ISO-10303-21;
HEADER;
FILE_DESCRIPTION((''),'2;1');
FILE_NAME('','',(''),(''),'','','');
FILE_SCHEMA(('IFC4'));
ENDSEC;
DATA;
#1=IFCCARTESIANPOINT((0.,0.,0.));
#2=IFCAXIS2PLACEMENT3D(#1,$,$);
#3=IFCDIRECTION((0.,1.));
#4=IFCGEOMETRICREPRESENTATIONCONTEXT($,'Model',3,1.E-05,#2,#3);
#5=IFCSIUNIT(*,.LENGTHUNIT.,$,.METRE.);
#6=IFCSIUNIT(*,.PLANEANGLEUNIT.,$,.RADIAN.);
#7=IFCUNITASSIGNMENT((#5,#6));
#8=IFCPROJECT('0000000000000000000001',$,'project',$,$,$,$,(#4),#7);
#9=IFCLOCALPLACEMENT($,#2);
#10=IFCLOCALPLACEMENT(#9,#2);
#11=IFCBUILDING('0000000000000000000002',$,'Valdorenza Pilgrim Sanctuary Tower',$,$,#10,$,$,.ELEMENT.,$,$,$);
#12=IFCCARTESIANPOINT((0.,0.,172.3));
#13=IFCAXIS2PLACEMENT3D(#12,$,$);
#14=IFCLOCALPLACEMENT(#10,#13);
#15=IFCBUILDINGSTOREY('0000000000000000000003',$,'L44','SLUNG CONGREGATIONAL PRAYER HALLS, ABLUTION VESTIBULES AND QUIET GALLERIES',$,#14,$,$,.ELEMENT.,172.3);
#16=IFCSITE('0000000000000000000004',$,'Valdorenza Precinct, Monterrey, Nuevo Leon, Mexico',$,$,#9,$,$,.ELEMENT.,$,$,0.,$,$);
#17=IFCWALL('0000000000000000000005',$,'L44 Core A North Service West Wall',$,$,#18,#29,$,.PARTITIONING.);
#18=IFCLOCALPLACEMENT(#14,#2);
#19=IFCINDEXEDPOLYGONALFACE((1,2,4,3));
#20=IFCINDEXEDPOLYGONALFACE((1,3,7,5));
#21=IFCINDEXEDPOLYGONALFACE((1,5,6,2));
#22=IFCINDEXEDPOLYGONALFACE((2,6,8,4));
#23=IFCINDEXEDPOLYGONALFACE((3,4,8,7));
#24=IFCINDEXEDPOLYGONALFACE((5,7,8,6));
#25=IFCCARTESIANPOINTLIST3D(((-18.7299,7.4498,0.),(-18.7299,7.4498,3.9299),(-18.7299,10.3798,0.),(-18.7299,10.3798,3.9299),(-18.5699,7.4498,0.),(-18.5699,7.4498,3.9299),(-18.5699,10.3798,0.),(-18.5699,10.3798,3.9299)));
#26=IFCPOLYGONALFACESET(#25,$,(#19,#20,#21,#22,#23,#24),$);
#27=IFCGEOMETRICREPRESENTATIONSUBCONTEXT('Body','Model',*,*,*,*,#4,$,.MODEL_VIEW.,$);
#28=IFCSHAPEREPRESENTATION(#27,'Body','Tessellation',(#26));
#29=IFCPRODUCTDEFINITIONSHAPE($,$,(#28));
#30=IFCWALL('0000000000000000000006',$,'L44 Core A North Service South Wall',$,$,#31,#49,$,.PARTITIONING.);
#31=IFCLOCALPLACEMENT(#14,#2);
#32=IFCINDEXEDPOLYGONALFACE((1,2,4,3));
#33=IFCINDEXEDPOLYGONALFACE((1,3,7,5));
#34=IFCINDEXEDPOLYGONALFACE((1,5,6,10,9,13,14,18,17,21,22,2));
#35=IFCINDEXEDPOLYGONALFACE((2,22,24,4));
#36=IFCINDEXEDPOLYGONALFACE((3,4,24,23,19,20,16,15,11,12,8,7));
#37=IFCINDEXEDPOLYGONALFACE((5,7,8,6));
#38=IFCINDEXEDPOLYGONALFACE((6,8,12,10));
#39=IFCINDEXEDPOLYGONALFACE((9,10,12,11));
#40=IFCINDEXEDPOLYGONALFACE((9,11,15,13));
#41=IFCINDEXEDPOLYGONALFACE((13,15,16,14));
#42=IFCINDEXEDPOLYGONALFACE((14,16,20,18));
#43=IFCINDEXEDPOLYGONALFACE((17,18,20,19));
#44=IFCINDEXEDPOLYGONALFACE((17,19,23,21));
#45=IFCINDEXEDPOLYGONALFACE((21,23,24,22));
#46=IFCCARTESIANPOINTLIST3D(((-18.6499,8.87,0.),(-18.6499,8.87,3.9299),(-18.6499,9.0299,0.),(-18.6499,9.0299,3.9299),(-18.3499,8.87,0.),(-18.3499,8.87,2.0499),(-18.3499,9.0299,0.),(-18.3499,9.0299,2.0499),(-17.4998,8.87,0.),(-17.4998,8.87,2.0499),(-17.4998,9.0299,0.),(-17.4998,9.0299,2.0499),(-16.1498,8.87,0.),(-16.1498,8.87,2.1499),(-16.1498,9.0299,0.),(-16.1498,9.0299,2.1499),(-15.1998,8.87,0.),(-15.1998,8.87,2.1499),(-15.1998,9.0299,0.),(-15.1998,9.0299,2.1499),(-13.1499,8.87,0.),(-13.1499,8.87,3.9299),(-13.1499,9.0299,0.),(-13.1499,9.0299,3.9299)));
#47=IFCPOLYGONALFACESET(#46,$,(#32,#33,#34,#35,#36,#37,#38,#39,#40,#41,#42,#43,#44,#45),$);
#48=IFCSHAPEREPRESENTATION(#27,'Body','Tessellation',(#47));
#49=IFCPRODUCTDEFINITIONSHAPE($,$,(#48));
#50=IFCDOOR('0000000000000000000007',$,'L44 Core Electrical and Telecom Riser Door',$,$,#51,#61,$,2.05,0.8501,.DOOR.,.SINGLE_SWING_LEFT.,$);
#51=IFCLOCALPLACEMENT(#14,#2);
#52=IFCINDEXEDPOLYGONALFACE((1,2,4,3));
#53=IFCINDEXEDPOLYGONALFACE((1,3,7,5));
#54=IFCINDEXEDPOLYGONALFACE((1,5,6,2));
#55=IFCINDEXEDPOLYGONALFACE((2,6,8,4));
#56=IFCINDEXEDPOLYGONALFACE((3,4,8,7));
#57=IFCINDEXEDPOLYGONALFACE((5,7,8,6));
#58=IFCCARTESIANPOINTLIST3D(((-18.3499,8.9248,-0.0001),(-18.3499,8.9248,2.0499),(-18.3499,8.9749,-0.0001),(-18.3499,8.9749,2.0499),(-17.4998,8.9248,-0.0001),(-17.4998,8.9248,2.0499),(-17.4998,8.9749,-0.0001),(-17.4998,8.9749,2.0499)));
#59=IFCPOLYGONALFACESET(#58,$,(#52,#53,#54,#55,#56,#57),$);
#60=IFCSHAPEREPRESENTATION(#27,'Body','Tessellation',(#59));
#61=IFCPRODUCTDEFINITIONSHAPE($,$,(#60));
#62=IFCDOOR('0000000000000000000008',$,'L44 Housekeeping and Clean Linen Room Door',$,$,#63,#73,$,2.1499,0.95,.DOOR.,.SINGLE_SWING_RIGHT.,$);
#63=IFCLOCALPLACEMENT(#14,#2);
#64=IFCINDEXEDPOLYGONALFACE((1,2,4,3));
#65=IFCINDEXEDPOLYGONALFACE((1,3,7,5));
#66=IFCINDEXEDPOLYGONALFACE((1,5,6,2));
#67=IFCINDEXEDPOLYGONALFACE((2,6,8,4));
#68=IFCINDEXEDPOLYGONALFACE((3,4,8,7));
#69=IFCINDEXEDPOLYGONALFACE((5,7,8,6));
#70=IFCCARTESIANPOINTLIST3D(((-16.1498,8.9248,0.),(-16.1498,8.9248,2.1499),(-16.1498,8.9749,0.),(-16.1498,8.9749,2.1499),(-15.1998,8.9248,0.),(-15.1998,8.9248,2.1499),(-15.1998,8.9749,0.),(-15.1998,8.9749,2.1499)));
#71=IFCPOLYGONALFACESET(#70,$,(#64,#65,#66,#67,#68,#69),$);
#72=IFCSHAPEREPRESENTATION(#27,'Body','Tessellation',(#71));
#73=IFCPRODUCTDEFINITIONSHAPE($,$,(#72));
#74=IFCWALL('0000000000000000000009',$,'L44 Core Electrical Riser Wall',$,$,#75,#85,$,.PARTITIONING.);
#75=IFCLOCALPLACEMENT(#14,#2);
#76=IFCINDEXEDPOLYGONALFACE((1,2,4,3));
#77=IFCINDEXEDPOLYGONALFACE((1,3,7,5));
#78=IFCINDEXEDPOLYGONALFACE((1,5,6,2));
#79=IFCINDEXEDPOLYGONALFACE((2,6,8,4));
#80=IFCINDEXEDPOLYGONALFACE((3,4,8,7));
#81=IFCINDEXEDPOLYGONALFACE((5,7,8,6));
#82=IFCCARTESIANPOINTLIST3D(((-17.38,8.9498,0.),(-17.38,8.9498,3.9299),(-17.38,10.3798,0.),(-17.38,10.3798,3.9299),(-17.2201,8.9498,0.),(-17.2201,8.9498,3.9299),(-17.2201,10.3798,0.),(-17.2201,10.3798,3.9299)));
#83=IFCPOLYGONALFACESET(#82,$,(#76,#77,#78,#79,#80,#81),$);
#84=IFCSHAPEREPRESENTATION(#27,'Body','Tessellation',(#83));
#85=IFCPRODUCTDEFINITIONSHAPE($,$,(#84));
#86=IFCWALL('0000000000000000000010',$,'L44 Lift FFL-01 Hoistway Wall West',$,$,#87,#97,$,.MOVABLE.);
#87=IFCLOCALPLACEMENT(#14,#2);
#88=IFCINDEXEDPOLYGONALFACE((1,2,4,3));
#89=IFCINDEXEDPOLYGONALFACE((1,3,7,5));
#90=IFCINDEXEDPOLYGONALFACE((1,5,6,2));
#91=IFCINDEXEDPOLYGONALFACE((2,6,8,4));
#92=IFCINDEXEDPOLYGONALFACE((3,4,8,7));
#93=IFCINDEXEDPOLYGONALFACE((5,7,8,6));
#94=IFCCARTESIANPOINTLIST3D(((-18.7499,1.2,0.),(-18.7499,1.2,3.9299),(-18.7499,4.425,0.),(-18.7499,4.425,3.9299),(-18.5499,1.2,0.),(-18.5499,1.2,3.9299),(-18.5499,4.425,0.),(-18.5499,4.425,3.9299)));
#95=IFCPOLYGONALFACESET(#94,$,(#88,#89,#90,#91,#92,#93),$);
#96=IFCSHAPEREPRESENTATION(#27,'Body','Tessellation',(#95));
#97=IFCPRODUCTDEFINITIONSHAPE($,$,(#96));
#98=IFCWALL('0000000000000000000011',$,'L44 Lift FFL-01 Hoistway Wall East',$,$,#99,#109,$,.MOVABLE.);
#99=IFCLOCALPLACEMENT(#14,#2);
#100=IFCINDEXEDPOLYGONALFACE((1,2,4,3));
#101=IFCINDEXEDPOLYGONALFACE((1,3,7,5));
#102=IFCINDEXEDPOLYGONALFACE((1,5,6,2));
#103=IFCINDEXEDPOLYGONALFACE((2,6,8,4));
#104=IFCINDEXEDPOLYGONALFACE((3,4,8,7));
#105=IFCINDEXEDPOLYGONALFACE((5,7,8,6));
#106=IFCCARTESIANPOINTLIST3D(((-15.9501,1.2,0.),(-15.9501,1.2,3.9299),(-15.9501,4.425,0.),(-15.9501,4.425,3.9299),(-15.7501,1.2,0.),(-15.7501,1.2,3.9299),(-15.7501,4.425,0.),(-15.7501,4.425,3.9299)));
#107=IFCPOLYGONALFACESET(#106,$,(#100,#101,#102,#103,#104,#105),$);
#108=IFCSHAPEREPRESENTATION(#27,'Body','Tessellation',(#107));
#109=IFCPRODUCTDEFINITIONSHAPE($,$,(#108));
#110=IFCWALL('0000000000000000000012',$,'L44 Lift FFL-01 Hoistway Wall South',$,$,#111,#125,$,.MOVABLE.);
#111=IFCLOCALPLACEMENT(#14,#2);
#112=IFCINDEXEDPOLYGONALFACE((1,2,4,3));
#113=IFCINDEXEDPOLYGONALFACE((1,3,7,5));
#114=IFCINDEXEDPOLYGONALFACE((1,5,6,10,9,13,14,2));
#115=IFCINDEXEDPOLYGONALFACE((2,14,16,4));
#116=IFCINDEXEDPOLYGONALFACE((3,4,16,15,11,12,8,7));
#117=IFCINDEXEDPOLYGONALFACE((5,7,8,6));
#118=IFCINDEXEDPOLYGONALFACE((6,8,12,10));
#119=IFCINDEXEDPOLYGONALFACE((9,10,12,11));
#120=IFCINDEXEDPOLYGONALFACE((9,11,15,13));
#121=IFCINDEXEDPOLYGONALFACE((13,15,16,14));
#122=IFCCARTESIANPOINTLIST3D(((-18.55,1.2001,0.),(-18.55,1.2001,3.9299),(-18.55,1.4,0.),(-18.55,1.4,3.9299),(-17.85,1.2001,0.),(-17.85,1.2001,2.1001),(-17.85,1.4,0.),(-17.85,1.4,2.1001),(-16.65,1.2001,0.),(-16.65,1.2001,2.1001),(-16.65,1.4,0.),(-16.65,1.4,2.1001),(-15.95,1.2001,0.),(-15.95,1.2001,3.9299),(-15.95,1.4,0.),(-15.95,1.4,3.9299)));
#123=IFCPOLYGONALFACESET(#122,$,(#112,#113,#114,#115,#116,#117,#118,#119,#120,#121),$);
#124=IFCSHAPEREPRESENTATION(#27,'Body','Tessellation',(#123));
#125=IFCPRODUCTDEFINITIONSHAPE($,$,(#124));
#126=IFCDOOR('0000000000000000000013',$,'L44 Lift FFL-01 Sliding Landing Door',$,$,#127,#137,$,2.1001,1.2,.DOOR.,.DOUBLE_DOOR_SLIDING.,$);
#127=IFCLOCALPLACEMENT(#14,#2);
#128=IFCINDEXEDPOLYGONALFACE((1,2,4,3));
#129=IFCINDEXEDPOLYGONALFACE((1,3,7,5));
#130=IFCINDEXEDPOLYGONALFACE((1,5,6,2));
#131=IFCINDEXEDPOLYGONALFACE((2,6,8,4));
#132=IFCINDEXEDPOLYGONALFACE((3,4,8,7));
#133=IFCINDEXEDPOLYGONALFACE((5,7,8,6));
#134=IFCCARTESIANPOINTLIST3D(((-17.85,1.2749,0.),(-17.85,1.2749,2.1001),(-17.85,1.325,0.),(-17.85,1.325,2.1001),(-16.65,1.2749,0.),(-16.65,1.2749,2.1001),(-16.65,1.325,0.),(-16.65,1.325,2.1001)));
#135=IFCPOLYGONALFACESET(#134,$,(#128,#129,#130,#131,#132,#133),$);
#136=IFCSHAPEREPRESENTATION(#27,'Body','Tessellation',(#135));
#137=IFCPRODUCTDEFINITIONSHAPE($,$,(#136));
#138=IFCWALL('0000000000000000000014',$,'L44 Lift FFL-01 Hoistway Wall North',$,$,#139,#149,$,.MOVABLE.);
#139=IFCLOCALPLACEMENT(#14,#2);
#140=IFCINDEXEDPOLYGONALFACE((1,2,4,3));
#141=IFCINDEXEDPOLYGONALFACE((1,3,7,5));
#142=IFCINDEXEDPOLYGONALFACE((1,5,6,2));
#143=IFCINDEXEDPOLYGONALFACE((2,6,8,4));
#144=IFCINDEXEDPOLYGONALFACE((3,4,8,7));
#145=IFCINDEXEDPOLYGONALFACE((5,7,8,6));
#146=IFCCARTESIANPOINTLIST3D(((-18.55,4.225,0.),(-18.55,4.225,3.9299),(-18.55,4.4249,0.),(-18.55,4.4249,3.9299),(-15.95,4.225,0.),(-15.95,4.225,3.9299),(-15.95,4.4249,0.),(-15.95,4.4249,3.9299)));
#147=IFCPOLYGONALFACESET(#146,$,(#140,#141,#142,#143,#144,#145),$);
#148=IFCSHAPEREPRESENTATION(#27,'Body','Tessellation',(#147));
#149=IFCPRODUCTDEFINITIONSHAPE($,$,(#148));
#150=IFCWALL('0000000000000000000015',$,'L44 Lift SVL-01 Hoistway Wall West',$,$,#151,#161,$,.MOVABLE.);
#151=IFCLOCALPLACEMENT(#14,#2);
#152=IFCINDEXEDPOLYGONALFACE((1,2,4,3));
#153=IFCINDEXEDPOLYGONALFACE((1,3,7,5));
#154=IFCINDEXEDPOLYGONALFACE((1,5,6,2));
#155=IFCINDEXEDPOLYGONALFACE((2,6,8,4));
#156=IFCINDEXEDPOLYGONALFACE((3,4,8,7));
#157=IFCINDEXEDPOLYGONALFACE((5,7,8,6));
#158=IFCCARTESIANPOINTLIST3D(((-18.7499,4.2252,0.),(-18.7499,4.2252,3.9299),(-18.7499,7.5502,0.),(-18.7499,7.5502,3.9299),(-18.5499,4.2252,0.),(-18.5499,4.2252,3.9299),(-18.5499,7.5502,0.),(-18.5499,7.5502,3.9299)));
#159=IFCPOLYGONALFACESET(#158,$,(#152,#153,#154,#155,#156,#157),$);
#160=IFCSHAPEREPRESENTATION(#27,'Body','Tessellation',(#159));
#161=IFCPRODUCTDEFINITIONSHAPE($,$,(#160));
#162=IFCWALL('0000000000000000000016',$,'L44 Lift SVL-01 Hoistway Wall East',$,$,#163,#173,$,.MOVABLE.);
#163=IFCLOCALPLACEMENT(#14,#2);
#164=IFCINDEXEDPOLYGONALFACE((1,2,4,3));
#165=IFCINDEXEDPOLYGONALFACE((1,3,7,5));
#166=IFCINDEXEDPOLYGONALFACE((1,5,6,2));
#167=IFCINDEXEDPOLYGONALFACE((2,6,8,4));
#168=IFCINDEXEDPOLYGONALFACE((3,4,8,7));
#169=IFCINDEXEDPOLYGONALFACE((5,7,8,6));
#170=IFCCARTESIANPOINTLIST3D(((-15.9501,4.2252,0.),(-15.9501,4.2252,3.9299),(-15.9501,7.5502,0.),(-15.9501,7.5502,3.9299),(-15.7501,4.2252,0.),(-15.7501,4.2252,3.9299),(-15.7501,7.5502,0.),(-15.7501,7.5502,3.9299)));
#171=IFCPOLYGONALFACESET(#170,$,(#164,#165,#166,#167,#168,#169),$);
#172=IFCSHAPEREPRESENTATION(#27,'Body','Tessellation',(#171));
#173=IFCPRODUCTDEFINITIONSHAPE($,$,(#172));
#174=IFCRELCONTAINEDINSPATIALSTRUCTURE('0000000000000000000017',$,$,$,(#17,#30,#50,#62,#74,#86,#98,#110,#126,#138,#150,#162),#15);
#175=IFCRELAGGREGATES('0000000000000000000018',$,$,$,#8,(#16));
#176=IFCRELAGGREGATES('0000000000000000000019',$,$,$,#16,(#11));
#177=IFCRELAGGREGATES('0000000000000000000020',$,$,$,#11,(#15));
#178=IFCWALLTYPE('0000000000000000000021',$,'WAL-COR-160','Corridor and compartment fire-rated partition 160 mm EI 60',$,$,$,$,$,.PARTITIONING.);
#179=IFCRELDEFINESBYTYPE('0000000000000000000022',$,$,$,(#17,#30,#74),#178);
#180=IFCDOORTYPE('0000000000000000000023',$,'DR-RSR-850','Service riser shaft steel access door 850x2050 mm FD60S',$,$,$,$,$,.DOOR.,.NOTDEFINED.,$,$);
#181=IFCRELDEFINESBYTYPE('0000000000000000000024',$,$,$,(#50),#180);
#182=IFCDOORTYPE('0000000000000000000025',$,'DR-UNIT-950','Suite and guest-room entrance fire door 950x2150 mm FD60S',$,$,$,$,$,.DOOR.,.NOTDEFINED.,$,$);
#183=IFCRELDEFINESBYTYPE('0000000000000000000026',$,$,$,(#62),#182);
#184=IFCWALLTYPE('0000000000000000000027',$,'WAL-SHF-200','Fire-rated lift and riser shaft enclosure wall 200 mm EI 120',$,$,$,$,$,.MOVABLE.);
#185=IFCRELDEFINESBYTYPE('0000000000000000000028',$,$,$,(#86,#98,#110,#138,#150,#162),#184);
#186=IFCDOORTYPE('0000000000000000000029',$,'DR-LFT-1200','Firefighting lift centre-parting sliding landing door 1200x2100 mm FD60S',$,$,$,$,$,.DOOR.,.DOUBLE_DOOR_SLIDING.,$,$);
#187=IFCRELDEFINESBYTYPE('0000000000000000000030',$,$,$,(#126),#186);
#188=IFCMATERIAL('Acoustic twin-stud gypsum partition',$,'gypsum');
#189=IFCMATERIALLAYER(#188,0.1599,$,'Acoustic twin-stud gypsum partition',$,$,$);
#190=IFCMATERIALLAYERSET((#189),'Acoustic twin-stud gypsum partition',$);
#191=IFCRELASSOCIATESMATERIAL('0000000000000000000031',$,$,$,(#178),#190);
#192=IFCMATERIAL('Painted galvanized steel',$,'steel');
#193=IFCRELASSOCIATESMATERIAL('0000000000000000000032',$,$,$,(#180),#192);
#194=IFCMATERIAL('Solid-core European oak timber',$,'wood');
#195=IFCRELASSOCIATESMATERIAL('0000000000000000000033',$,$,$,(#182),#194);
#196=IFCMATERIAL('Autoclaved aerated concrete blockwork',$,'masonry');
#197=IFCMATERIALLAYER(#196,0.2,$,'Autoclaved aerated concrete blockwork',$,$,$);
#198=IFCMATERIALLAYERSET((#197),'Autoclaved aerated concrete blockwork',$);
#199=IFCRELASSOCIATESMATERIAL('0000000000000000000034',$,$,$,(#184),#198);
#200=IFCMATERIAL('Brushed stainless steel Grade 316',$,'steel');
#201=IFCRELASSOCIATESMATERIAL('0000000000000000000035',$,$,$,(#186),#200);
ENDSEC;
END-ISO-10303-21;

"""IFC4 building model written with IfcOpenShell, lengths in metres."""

from ifc_helpers import new_model, si_unit, direction, frame, frame_2d, origin, place, context, subcontext, project, spatial, rectangle, extrude, material, layer, layer_set, type_object, element, fill, save


model = new_model("IFC4")

# Units and contexts
model_context = context("Model", 3, precision=1e-05, world=origin(), true_north=direction((0.0, 1.0)))
body_context = subcontext(model_context, "Body", "Model", "MODEL_VIEW")
ifc_project = project(units=[si_unit("LENGTHUNIT", "METRE"), si_unit("PLANEANGLEUNIT", "RADIAN")], contexts=[model_context])

# Site, building, storey
site_placement = place(None, origin())
site = spatial("IfcSite", under=ifc_project, at=site_placement, Name="Valdorenza Precinct, Monterrey, Nuevo Leon, Mexico", CompositionType="ELEMENT", RefElevation=0.0)
building_placement = place(site_placement, origin())
building = spatial("IfcBuilding", under=site, at=building_placement, Name="Valdorenza Pilgrim Sanctuary Tower", CompositionType="ELEMENT")
storey_placement = place(building_placement, frame((0.0, 0.0, 172.3)))
storey = spatial("IfcBuildingStorey", under=building, at=storey_placement, Name="L44", Description="SLUNG CONGREGATIONAL PRAYER HALLS, ABLUTION VESTIBULES AND QUIET GALLERIES", CompositionType="ELEMENT", Elevation=172.3)

# Wall
ifc_material_1 = material(Name="Acoustic twin-stud gypsum partition", Category="gypsum")
ifc_layer_1 = layer(ifc_material_1, 0.1599, Name="Acoustic twin-stud gypsum partition")
ifc_layer_set_1 = layer_set([ifc_layer_1], Name="Acoustic twin-stud gypsum partition")
wall_type_1 = type_object("IfcWallType", Name="WAL-COR-160", Description="Corridor and compartment fire-rated partition 160 mm EI 60", PredefinedType="PARTITIONING", material=ifc_layer_set_1)
wall_1_placement = place(storey_placement, frame((-18.6499, 7.45, 0.0), z_axis=(0.0, 0.0, 1.0), x_axis=(0.0, 1.0, 0.0)))
element("IfcWall", 1, at=wall_1_placement, inside=storey, type_object=wall_type_1, Name="L44 Core A North Service West Wall", PredefinedType="PARTITIONING", context=body_context, shape_type="SweptSolid", body=[
    extrude(rectangle(XDim=2.9299, YDim=0.1599, at=frame_2d((1.4648, 0.0))), origin(), (0.0, 0.0, 1.0), 3.9299),
])

# Wall, openings, doors
wall_2_placement = place(storey_placement, frame((-18.6499, 8.95, 0.0), z_axis=(0.0, 0.0, 1.0), x_axis=(1.0, 0.0, 0.0)))
wall_2 = element("IfcWall", 2, at=wall_2_placement, inside=storey, type_object=wall_type_1, Name="L44 Core A North Service South Wall", PredefinedType="PARTITIONING", context=body_context, shape_type="SweptSolid", body=[
    extrude(rectangle(XDim=5.5, YDim=0.1599, at=frame_2d((2.75, 0.0))), origin(), (0.0, 0.0, 1.0), 3.9299),
])
opening_1_placement = place(wall_2_placement, frame((0.3, 0.0, 0.0)))
opening_1 = element("IfcOpeningElement", 3, at=opening_1_placement, cuts=wall_2, PredefinedType="OPENING", context=body_context, shape_type="SweptSolid", body=[
    extrude(rectangle(XDim=0.8501, YDim=2.05, at=frame_2d((0.425, 1.0249))), frame((0.0, 0.0947, 0.0), z_axis=(0.0, -1.0, 0.0), x_axis=(1.0, 0.0, 0.0)), (0.0, 0.0, 1.0), 0.1897),
])
opening_2_placement = place(wall_2_placement, frame((2.5, 0.0, 0.0)))
opening_2 = element("IfcOpeningElement", 4, at=opening_2_placement, cuts=wall_2, PredefinedType="OPENING", context=body_context, shape_type="SweptSolid", body=[
    extrude(rectangle(XDim=0.95, YDim=2.1499, at=frame_2d((0.4751, 1.075))), frame((0.0, 0.0947, 0.0), z_axis=(0.0, -1.0, 0.0), x_axis=(1.0, 0.0, 0.0)), (0.0, 0.0, 1.0), 0.1897),
])
ifc_material_2 = material(Name="Painted galvanized steel", Category="steel")
door_type_1 = type_object("IfcDoorType", Name="DR-RSR-850", Description="Service riser shaft steel access door 850x2050 mm FD60S", OperationType="NOTDEFINED", PredefinedType="DOOR", material=ifc_material_2)
door_1_placement = place(opening_1_placement, origin())
door_1 = element("IfcDoor", 5, at=door_1_placement, inside=storey, type_object=door_type_1, Name="L44 Core Electrical and Telecom Riser Door", OperationType="SINGLE_SWING_LEFT", OverallHeight=2.05, OverallWidth=0.8501, PredefinedType="DOOR", context=body_context, shape_type="SweptSolid", body=[
    extrude(rectangle(XDim=0.8501, YDim=2.05, at=frame_2d((0.425, 1.0249))), frame((0.0, 0.0249, 0.0), z_axis=(0.0, -1.0, 0.0), x_axis=(1.0, 0.0, 0.0)), (0.0, 0.0, 1.0), 0.05),
])
fill(opening_1, door_1)
ifc_material_3 = material(Name="Solid-core European oak timber", Category="wood")
door_type_2 = type_object("IfcDoorType", Name="DR-UNIT-950", Description="Suite and guest-room entrance fire door 950x2150 mm FD60S", OperationType="NOTDEFINED", PredefinedType="DOOR", material=ifc_material_3)
door_2_placement = place(opening_2_placement, origin())
door_2 = element("IfcDoor", 6, at=door_2_placement, inside=storey, type_object=door_type_2, Name="L44 Housekeeping and Clean Linen Room Door", OperationType="SINGLE_SWING_RIGHT", OverallHeight=2.1499, OverallWidth=0.95, PredefinedType="DOOR", context=body_context, shape_type="SweptSolid", body=[
    extrude(rectangle(XDim=0.95, YDim=2.1499, at=frame_2d((0.4751, 1.075))), frame((0.0, 0.0249, 0.0), z_axis=(0.0, -1.0, 0.0), x_axis=(1.0, 0.0, 0.0)), (0.0, 0.0, 1.0), 0.05),
])
fill(opening_2, door_2)

# Walls
wall_3_placement = place(storey_placement, frame((-17.3, 8.95, 0.0), z_axis=(0.0, 0.0, 1.0), x_axis=(0.0, 1.0, 0.0)))
element("IfcWall", 7, at=wall_3_placement, inside=storey, type_object=wall_type_1, Name="L44 Core Electrical Riser Wall", PredefinedType="PARTITIONING", context=body_context, shape_type="SweptSolid", body=[
    extrude(rectangle(XDim=1.4299, YDim=0.1599, at=frame_2d((0.7148, 0.0))), origin(), (0.0, 0.0, 1.0), 3.9299),
])
ifc_material_4 = material(Name="Autoclaved aerated concrete blockwork", Category="masonry")
ifc_layer_2 = layer(ifc_material_4, 0.2, Name="Autoclaved aerated concrete blockwork")
ifc_layer_set_2 = layer_set([ifc_layer_2], Name="Autoclaved aerated concrete blockwork")
wall_type_2 = type_object("IfcWallType", Name="WAL-SHF-200", Description="Fire-rated lift and riser shaft enclosure wall 200 mm EI 120", PredefinedType="MOVABLE", material=ifc_layer_set_2)
for number, where, z_axis, x_axis, name in (
    (8, (-18.6499, 1.2, 0.0), (0.0, 0.0, 1.0), (0.0, 1.0, 0.0), "L44 Lift FFL-01 Hoistway Wall West"),
    (9, (-15.8501, 1.2, 0.0), (0.0, 0.0, 1.0), (0.0, 1.0, 0.0), "L44 Lift FFL-01 Hoistway Wall East"),
):
    element("IfcWall", number, at=place(storey_placement, frame(where, z_axis=z_axis, x_axis=x_axis)), inside=storey, type_object=wall_type_2, Name=name, PredefinedType="MOVABLE", context=body_context, shape_type="SweptSolid", body=[
        extrude(rectangle(XDim=3.2251, YDim=0.2, at=frame_2d((1.6125, 0.0))), origin(), (0.0, 0.0, 1.0), 3.9299),
    ])

# Wall, opening, door
wall_4_placement = place(storey_placement, frame((-18.55, 1.3, 0.0), z_axis=(0.0, 0.0, 1.0), x_axis=(1.0, 0.0, 0.0)))
wall_4 = element("IfcWall", 10, at=wall_4_placement, inside=storey, type_object=wall_type_2, Name="L44 Lift FFL-01 Hoistway Wall South", PredefinedType="MOVABLE", context=body_context, shape_type="SweptSolid", body=[
    extrude(rectangle(XDim=2.6001, YDim=0.2, at=frame_2d((1.3, 0.0))), origin(), (0.0, 0.0, 1.0), 3.9299),
])
opening_3_placement = place(wall_4_placement, frame((0.7, 0.0, 0.0)))
opening_3 = element("IfcOpeningElement", 11, at=opening_3_placement, cuts=wall_4, PredefinedType="OPENING", context=body_context, shape_type="SweptSolid", body=[
    extrude(rectangle(XDim=1.2, YDim=2.1001, at=frame_2d((0.6001, 1.05))), frame((0.0, 0.1147, 0.0), z_axis=(0.0, -1.0, 0.0), x_axis=(1.0, 0.0, 0.0)), (0.0, 0.0, 1.0), 0.2297),
])
ifc_material_5 = material(Name="Brushed stainless steel Grade 316", Category="steel")
door_type_3 = type_object("IfcDoorType", Name="DR-LFT-1200", Description="Firefighting lift centre-parting sliding landing door 1200x2100 mm FD60S", OperationType="DOUBLE_DOOR_SLIDING", PredefinedType="DOOR", material=ifc_material_5)
door_3_placement = place(opening_3_placement, origin())
door_3 = element("IfcDoor", 12, at=door_3_placement, inside=storey, type_object=door_type_3, Name="L44 Lift FFL-01 Sliding Landing Door", OperationType="DOUBLE_DOOR_SLIDING", OverallHeight=2.1001, OverallWidth=1.2, PredefinedType="DOOR", context=body_context, shape_type="SweptSolid", body=[
    extrude(rectangle(XDim=1.2, YDim=2.1001, at=frame_2d((0.6001, 1.05))), frame((0.0, 0.0249, 0.0), z_axis=(0.0, -1.0, 0.0), x_axis=(1.0, 0.0, 0.0)), (0.0, 0.0, 1.0), 0.05),
])
fill(opening_3, door_3)

# Walls
wall_5_placement = place(storey_placement, frame((-18.55, 4.325, 0.0), z_axis=(0.0, 0.0, 1.0), x_axis=(1.0, 0.0, 0.0)))
element("IfcWall", 13, at=wall_5_placement, inside=storey, type_object=wall_type_2, Name="L44 Lift FFL-01 Hoistway Wall North", PredefinedType="MOVABLE", context=body_context, shape_type="SweptSolid", body=[
    extrude(rectangle(XDim=2.6001, YDim=0.2, at=frame_2d((1.3, 0.0))), origin(), (0.0, 0.0, 1.0), 3.9299),
])
for number, where, z_axis, x_axis, name in (
    (14, (-18.6499, 4.2251, 0.0), (0.0, 0.0, 1.0), (0.0, 1.0, 0.0), "L44 Lift SVL-01 Hoistway Wall West"),
    (15, (-15.8501, 4.2251, 0.0), (0.0, 0.0, 1.0), (0.0, 1.0, 0.0), "L44 Lift SVL-01 Hoistway Wall East"),
):
    element("IfcWall", number, at=place(storey_placement, frame(where, z_axis=z_axis, x_axis=x_axis)), inside=storey, type_object=wall_type_2, Name=name, PredefinedType="MOVABLE", context=body_context, shape_type="SweptSolid", body=[
        extrude(rectangle(XDim=3.325, YDim=0.2, at=frame_2d((1.6626, 0.0))), origin(), (0.0, 0.0, 1.0), 3.9299),
    ])

save(model, "model.ifc")
